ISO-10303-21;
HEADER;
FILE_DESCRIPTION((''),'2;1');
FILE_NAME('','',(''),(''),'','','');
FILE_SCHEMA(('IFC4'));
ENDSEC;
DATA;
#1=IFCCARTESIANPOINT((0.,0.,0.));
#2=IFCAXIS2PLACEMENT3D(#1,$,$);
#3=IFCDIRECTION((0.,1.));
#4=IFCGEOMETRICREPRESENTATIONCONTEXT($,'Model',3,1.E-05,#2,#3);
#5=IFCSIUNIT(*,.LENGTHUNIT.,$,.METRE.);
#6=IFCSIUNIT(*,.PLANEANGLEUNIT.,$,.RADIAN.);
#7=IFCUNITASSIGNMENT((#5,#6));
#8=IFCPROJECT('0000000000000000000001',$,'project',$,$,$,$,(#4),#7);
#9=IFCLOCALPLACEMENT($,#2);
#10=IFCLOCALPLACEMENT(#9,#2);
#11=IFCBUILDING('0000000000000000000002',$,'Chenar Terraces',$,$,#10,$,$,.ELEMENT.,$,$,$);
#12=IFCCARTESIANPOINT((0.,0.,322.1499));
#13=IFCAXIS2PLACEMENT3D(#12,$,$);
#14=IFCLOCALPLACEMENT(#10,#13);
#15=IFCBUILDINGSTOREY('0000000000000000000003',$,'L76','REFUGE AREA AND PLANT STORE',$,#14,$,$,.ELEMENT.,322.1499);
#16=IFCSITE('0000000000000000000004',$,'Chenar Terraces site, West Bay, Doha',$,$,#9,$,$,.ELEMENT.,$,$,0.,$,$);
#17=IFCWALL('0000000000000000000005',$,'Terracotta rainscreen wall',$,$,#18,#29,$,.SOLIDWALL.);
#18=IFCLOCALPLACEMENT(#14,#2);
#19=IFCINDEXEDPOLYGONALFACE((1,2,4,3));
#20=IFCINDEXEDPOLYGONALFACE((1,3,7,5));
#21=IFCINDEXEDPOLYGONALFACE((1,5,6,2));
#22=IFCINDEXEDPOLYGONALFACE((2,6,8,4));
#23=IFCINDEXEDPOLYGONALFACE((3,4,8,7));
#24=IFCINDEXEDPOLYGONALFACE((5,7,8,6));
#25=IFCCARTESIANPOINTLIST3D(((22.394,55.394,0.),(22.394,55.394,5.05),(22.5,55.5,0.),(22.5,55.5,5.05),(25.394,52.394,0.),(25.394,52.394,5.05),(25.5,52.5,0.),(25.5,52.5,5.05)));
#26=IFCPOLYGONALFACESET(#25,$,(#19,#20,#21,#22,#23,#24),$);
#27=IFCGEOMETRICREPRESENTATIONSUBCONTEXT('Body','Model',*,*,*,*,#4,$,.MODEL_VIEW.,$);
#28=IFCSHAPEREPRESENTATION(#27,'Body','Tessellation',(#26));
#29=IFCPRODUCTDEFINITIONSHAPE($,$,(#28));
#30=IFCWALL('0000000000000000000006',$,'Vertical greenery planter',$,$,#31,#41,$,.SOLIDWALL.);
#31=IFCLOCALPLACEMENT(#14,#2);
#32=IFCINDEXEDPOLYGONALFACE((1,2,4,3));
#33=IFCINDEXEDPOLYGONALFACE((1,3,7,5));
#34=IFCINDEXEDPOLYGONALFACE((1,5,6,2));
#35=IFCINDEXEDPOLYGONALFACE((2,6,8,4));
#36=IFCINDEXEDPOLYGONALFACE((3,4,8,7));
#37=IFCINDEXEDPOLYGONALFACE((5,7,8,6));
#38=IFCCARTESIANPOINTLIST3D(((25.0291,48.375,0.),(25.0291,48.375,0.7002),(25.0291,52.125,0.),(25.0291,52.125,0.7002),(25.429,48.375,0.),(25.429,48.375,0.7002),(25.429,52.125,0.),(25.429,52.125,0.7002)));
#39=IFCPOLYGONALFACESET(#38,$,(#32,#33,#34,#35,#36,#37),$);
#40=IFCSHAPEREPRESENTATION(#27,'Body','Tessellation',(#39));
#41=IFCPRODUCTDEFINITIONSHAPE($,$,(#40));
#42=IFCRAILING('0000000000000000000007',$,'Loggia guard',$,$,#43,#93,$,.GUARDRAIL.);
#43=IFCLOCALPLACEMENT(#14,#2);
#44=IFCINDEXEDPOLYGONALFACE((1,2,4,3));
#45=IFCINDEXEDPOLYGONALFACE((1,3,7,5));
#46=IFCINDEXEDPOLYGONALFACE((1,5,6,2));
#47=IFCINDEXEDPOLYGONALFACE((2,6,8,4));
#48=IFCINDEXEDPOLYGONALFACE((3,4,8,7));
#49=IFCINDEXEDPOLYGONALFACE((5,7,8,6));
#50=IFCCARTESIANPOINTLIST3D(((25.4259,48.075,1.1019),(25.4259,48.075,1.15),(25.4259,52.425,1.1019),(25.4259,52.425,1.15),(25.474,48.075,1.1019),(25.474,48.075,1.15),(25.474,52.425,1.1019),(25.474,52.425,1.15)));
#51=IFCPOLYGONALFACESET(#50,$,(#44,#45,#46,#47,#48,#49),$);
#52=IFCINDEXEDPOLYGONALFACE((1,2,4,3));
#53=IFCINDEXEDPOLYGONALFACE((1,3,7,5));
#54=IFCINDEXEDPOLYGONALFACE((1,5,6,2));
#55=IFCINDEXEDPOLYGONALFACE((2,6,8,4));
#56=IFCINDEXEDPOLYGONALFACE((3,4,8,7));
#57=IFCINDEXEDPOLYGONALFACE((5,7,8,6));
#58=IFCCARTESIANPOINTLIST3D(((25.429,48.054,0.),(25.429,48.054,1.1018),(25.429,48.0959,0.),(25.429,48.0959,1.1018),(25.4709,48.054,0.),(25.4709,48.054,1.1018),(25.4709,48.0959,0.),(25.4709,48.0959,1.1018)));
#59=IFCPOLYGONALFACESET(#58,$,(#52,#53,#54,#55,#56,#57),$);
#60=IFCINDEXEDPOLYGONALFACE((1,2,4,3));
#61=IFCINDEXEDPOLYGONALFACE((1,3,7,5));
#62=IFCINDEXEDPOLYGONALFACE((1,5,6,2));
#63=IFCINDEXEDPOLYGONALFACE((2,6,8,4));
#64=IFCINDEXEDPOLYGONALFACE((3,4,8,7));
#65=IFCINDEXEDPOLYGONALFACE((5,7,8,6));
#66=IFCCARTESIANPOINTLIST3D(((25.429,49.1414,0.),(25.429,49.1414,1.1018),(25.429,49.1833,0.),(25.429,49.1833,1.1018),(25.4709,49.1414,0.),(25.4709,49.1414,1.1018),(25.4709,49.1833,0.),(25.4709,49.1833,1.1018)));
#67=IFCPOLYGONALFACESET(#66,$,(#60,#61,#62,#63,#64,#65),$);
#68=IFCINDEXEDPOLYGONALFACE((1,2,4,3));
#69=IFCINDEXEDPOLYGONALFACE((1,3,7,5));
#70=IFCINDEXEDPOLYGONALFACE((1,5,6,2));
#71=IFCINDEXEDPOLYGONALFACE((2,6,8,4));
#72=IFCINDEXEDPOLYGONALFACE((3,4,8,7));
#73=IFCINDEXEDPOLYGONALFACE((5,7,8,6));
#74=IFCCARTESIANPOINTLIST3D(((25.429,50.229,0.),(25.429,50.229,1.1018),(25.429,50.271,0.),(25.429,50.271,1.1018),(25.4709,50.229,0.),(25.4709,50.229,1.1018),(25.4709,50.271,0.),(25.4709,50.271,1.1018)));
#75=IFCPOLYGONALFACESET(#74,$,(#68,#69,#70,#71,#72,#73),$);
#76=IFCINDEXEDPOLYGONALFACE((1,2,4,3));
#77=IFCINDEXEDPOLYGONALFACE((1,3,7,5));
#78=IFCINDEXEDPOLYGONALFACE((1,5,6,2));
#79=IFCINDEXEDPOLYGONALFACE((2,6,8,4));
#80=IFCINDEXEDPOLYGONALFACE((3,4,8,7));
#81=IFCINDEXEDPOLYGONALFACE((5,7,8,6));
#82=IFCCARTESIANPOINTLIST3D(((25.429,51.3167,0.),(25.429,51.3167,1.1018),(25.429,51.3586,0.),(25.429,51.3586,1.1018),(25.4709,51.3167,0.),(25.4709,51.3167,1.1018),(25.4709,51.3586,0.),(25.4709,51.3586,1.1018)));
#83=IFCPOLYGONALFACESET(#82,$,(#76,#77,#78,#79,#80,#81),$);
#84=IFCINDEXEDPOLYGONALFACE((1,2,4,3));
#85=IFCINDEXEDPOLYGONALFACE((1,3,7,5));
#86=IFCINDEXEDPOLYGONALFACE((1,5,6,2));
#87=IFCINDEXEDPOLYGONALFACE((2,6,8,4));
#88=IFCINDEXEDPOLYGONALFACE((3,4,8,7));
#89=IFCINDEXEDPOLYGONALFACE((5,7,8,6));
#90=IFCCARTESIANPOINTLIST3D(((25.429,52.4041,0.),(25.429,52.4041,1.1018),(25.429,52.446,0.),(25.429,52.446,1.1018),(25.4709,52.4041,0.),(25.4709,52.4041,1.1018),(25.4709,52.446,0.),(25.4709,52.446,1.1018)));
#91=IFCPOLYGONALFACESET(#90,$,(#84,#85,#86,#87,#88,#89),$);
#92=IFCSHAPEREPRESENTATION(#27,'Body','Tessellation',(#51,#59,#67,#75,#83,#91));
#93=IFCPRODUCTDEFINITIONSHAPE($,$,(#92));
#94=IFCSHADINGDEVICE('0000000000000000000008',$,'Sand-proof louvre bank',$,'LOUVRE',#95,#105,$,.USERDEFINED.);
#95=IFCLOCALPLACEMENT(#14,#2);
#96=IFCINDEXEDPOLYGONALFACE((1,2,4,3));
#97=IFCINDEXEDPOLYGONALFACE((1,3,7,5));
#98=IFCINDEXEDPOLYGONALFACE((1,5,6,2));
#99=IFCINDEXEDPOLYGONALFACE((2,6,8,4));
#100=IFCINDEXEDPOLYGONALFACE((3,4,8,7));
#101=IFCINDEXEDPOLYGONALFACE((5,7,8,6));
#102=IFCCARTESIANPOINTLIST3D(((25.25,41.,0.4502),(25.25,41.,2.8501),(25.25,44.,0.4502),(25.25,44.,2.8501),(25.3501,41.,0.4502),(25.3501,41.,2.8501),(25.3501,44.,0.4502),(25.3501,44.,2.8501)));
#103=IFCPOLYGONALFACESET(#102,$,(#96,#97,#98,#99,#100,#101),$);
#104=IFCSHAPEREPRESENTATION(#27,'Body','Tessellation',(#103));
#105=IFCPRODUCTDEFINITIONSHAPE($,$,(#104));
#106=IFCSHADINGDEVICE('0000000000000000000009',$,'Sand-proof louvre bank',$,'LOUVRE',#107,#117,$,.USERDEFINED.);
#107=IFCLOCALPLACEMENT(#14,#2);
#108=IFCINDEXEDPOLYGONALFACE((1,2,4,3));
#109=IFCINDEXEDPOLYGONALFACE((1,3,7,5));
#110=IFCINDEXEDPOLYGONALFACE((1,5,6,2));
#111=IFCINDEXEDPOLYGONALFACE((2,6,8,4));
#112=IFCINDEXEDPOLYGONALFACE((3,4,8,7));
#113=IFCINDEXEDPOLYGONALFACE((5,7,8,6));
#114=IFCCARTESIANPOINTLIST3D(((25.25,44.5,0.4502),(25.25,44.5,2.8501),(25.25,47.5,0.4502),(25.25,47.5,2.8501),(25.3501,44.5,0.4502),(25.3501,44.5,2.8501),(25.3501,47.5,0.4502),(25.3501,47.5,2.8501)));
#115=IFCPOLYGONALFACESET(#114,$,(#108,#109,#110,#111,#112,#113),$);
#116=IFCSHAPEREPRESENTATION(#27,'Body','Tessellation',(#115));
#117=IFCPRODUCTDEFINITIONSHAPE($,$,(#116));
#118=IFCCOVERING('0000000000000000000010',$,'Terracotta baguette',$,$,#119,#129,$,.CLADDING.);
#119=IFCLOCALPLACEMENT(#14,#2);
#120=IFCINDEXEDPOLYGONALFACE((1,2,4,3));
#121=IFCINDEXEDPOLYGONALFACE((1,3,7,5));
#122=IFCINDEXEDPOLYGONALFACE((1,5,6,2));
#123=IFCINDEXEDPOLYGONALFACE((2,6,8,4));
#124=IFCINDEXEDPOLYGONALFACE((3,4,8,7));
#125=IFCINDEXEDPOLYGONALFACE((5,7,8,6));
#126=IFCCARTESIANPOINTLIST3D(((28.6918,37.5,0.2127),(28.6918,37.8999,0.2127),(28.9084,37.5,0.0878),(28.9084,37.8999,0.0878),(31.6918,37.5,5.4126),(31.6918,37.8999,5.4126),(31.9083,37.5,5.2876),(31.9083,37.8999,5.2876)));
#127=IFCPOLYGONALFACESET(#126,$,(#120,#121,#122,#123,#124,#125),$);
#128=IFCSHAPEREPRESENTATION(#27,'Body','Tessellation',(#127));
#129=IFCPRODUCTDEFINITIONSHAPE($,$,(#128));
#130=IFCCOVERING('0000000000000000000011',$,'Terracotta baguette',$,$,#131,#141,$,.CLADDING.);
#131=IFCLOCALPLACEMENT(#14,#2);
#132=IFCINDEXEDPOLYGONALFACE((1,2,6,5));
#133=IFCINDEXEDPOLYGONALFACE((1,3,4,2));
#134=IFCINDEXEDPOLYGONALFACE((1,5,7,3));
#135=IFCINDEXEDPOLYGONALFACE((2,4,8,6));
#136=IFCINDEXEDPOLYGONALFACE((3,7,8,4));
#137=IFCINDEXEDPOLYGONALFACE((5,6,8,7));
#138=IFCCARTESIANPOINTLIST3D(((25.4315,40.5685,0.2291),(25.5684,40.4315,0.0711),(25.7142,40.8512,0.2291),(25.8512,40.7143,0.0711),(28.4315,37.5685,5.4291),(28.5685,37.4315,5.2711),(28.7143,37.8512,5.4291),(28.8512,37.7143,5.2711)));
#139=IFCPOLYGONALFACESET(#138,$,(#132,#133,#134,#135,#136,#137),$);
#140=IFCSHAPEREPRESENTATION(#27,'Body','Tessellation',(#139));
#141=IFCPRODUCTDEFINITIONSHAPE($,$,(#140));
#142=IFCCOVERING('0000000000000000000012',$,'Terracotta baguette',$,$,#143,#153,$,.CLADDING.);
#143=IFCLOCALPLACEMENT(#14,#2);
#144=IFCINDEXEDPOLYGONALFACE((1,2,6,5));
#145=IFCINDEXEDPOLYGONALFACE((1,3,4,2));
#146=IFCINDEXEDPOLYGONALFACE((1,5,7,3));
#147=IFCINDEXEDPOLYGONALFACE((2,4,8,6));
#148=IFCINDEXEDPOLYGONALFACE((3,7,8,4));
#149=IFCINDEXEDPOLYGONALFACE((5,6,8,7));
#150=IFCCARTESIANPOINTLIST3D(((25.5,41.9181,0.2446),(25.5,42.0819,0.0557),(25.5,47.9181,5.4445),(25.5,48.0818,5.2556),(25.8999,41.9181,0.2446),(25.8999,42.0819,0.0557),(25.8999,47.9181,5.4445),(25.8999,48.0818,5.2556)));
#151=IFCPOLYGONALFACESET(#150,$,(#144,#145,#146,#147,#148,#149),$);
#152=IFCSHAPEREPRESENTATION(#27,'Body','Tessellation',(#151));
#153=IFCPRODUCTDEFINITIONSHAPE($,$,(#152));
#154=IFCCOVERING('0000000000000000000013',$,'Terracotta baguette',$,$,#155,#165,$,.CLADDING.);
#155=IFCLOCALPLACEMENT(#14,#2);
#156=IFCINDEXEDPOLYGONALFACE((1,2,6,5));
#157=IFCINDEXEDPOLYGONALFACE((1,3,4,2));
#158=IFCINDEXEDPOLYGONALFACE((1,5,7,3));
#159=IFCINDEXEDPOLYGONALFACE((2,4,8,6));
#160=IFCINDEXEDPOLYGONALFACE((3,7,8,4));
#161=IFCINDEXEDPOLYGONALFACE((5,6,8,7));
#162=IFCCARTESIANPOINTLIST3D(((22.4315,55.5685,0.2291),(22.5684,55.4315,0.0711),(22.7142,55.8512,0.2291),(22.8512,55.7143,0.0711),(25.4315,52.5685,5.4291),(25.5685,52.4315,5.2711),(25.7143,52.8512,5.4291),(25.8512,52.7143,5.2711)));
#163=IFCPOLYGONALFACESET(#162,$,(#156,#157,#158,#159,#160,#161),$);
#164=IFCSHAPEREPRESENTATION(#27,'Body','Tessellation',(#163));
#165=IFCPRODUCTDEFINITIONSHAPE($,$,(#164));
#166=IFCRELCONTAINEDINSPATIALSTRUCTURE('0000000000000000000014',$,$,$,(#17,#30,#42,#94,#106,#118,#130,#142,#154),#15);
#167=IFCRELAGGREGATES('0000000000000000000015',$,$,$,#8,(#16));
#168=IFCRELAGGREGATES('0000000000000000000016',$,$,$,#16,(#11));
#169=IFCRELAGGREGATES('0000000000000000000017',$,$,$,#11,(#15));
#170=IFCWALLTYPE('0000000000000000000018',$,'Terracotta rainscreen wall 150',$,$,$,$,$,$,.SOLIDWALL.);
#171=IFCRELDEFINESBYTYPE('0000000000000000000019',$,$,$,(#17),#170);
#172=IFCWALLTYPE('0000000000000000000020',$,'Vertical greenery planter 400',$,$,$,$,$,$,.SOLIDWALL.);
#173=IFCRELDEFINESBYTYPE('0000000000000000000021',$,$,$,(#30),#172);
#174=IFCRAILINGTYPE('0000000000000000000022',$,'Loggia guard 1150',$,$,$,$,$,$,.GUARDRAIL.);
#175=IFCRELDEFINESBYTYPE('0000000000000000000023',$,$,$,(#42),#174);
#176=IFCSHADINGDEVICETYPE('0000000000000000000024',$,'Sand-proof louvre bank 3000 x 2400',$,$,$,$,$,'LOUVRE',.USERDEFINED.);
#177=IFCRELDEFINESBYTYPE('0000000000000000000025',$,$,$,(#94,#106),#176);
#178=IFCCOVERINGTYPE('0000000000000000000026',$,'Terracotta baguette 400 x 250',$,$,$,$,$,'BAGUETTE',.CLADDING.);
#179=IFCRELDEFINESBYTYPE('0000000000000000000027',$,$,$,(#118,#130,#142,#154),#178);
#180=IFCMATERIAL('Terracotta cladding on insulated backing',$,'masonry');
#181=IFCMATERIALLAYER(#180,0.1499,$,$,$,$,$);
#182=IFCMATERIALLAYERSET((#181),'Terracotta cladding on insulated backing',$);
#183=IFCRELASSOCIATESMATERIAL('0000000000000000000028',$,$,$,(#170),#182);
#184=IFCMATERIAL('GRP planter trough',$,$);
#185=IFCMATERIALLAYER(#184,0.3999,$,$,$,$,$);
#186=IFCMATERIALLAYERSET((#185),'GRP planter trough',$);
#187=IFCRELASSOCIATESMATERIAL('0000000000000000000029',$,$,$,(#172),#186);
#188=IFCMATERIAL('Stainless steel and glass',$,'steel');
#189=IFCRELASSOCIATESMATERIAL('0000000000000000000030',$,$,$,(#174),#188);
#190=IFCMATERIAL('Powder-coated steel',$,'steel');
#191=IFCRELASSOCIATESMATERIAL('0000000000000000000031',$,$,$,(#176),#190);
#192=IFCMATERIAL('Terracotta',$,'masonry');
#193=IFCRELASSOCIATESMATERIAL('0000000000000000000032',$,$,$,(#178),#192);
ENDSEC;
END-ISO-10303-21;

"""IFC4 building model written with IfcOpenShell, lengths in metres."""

from ifc_helpers import new_model, si_unit, direction, frame, frame_2d, origin, origin_2d, place, context, subcontext, project, spatial, rectangle, extrude, material, layer, layer_set, material_profile, profile_set, type_object, element, save


model = new_model("IFC4")

# Units and contexts
model_context = context("Model", 3, precision=1e-05, world=origin(), true_north=direction((0.0, 1.0)))
body_context = subcontext(model_context, "Body", "Model", "MODEL_VIEW")
ifc_project = project(units=[si_unit("LENGTHUNIT", "METRE"), si_unit("PLANEANGLEUNIT", "RADIAN")], contexts=[model_context])

# Site, building, storey
site_placement = place(None, origin())
site = spatial("IfcSite", under=ifc_project, at=site_placement, Name="Chenar Terraces site, West Bay, Doha", CompositionType="ELEMENT", RefElevation=0.0)
building_placement = place(site_placement, origin())
building = spatial("IfcBuilding", under=site, at=building_placement, Name="Chenar Terraces", CompositionType="ELEMENT")
storey_placement = place(building_placement, frame((0.0, 0.0, 322.1499)))
storey = spatial("IfcBuildingStorey", under=building, at=storey_placement, Name="L76", Description="REFUGE AREA AND PLANT STORE", CompositionType="ELEMENT", Elevation=322.1499)

# Shared definitions
ifc_material_1 = material(Name="Terracotta cladding on insulated backing", Category="masonry")
ifc_layer_1 = layer(ifc_material_1, 0.1499)
ifc_layer_set_1 = layer_set([ifc_layer_1], Name="Terracotta cladding on insulated backing")
wall_type_1 = type_object("IfcWallType", Name="Terracotta rainscreen wall 150", PredefinedType="SOLIDWALL", material=ifc_layer_set_1)

# Walls
wall_1_placement = place(storey_placement, frame((25.447, 52.447, 0.0), z_axis=(0.0, 0.0, 1.0), x_axis=(-0.707107, 0.707107, 0.0)))
element("IfcWall", 1, at=wall_1_placement, inside=storey, type_object=wall_type_1, Name="Terracotta rainscreen wall", PredefinedType="SOLIDWALL", context=body_context, shape_type="SweptSolid", body=[
    extrude(rectangle(XDim=4.2427, YDim=0.1499, at=frame_2d((2.1213, 0.0))), origin(), (0.0, 0.0, 1.0), 5.05),
])
ifc_material_2 = material(Name="GRP planter trough")
ifc_layer_2 = layer(ifc_material_2, 0.3999)
ifc_layer_set_2 = layer_set([ifc_layer_2], Name="GRP planter trough")
wall_type_2 = type_object("IfcWallType", Name="Vertical greenery planter 400", PredefinedType="SOLIDWALL", material=ifc_layer_set_2)
wall_2_placement = place(storey_placement, frame((25.229, 48.375, 0.0), z_axis=(0.0, 0.0, 1.0), x_axis=(0.0, 1.0, 0.0)))
element("IfcWall", 2, at=wall_2_placement, inside=storey, type_object=wall_type_2, Name="Vertical greenery planter", PredefinedType="SOLIDWALL", context=body_context, shape_type="SweptSolid", body=[
    extrude(rectangle(XDim=3.75, YDim=0.3999, at=frame_2d((1.875, 0.0))), origin(), (0.0, 0.0, 1.0), 0.7002),
])

# Railing
ifc_material_3 = material(Name="Stainless steel and glass", Category="steel")
railing_type = type_object("IfcRailingType", Name="Loggia guard 1150", PredefinedType="GUARDRAIL", material=ifc_material_3)
railing_placement = place(storey_placement, frame((25.45, 48.075, 0.0)))
element("IfcRailing", 3, at=railing_placement, inside=storey, type_object=railing_type, Name="Loggia guard", PredefinedType="GUARDRAIL", context=body_context, shape_type="SweptSolid", body=[
    extrude(rectangle(XDim=0.0481, YDim=0.0481, at=origin_2d()), frame((0.0, 0.0, 1.126), z_axis=(0.0, 1.0, 0.0), x_axis=(-1.0, 0.0, 0.0)), (0.0, 0.0, 1.0), 4.3501),
    extrude(rectangle(XDim=0.042, YDim=0.042, at=origin_2d()), origin(), (0.0, 0.0, 1.0), 1.1018),
    extrude(rectangle(XDim=0.042, YDim=0.042, at=origin_2d()), frame((0.0, 1.0874, 0.0)), (0.0, 0.0, 1.0), 1.1018),
    extrude(rectangle(XDim=0.042, YDim=0.042, at=origin_2d()), frame((0.0, 2.175, 0.0)), (0.0, 0.0, 1.0), 1.1018),
    extrude(rectangle(XDim=0.042, YDim=0.042, at=origin_2d()), frame((0.0, 3.2627, 0.0)), (0.0, 0.0, 1.0), 1.1018),
    extrude(rectangle(XDim=0.042, YDim=0.042, at=origin_2d()), frame((0.0, 4.3501, 0.0)), (0.0, 0.0, 1.0), 1.1018),
])

# Shading devices
ifc_material_4 = material(Name="Powder-coated steel", Category="steel")
shading_device_type = type_object("IfcShadingDeviceType", Name="Sand-proof louvre bank 3000 x 2400", ElementType="LOUVRE", PredefinedType="USERDEFINED", material=ifc_material_4)
for number, where, z_axis, x_axis, name in (
    (4, (25.3, 42.5, 0.4502), (0.0, 0.0, 1.0), (0.0, 1.0, 0.0), "Sand-proof louvre bank"),
    (5, (25.3, 46.0, 0.4502), (0.0, 0.0, 1.0), (0.0, 1.0, 0.0), "Sand-proof louvre bank"),
):
    element("IfcShadingDevice", number, at=place(storey_placement, frame(where, z_axis=z_axis, x_axis=x_axis)), inside=storey, type_object=shading_device_type, Name=name, ObjectType="LOUVRE", PredefinedType="USERDEFINED", context=body_context, shape_type="SweptSolid", body=[
        extrude(rectangle(XDim=3.0, YDim=0.1001, at=origin_2d()), origin(), (0.0, 0.0, 1.0), 2.3999),
    ])

# Coverings
ifc_material_5 = material(Name="Terracotta", Category="masonry")
ifc_material_profile_1 = material_profile(ifc_material_5, rectangle(XDim=0.3999, YDim=0.25, at=origin_2d()), Name="Terracotta baguette 400 x 250")
ifc_profile_set_1 = profile_set([ifc_material_profile_1], Name="Terracotta")
covering_type = type_object("IfcCoveringType", Name="Terracotta baguette 400 x 250", ElementType="BAGUETTE", PredefinedType="CLADDING", material=ifc_profile_set_1)
covering_1_placement = place(storey_placement, frame((31.8, 37.7, 5.3501), z_axis=(-0.499726, 0.0, -0.866184), x_axis=(0.0, -1.0, 0.0)))
element("IfcCovering", 6, at=covering_1_placement, inside=storey, type_object=covering_type, Name="Terracotta baguette", PredefinedType="CLADDING", context=body_context, shape_type="SweptSolid", body=[
    extrude(rectangle(XDim=0.3999, YDim=0.25, at=origin_2d()), origin(), (0.0, 0.0, 1.0), 6.0032),
])
covering_2_placement = place(storey_placement, frame((28.6414, 37.6414, 5.3501), z_axis=(-0.447017, 0.447017, -0.774823), x_axis=(-0.707107, -0.707107, 0.0)))
element("IfcCovering", 7, at=covering_2_placement, inside=storey, type_object=covering_type, Name="Terracotta baguette", PredefinedType="CLADDING", context=body_context, shape_type="SweptSolid", body=[
    extrude(rectangle(XDim=0.3999, YDim=0.25, at=origin_2d()), origin(), (0.0, 0.0, 1.0), 6.7112),
])
covering_3_placement = place(storey_placement, frame((25.7, 42.0, 0.1501), z_axis=(0.0, 0.755692, 0.654927), x_axis=(-1.0, 0.0, 0.0)))
element("IfcCovering", 8, at=covering_3_placement, inside=storey, type_object=covering_type, Name="Terracotta baguette", PredefinedType="CLADDING", context=body_context, shape_type="SweptSolid", body=[
    extrude(rectangle(XDim=0.3999, YDim=0.25, at=origin_2d()), origin(), (0.0, 0.0, 1.0), 7.9397),
])
covering_4_placement = place(storey_placement, frame((25.6414, 52.6414, 5.3501), z_axis=(-0.447017, 0.447017, -0.774823), x_axis=(-0.707107, -0.707107, 0.0)))
element("IfcCovering", 9, at=covering_4_placement, inside=storey, type_object=covering_type, Name="Terracotta baguette", PredefinedType="CLADDING", context=body_context, shape_type="SweptSolid", body=[
    extrude(rectangle(XDim=0.3999, YDim=0.25, at=origin_2d()), origin(), (0.0, 0.0, 1.0), 6.7112),
])

save(model, "model.ifc")
